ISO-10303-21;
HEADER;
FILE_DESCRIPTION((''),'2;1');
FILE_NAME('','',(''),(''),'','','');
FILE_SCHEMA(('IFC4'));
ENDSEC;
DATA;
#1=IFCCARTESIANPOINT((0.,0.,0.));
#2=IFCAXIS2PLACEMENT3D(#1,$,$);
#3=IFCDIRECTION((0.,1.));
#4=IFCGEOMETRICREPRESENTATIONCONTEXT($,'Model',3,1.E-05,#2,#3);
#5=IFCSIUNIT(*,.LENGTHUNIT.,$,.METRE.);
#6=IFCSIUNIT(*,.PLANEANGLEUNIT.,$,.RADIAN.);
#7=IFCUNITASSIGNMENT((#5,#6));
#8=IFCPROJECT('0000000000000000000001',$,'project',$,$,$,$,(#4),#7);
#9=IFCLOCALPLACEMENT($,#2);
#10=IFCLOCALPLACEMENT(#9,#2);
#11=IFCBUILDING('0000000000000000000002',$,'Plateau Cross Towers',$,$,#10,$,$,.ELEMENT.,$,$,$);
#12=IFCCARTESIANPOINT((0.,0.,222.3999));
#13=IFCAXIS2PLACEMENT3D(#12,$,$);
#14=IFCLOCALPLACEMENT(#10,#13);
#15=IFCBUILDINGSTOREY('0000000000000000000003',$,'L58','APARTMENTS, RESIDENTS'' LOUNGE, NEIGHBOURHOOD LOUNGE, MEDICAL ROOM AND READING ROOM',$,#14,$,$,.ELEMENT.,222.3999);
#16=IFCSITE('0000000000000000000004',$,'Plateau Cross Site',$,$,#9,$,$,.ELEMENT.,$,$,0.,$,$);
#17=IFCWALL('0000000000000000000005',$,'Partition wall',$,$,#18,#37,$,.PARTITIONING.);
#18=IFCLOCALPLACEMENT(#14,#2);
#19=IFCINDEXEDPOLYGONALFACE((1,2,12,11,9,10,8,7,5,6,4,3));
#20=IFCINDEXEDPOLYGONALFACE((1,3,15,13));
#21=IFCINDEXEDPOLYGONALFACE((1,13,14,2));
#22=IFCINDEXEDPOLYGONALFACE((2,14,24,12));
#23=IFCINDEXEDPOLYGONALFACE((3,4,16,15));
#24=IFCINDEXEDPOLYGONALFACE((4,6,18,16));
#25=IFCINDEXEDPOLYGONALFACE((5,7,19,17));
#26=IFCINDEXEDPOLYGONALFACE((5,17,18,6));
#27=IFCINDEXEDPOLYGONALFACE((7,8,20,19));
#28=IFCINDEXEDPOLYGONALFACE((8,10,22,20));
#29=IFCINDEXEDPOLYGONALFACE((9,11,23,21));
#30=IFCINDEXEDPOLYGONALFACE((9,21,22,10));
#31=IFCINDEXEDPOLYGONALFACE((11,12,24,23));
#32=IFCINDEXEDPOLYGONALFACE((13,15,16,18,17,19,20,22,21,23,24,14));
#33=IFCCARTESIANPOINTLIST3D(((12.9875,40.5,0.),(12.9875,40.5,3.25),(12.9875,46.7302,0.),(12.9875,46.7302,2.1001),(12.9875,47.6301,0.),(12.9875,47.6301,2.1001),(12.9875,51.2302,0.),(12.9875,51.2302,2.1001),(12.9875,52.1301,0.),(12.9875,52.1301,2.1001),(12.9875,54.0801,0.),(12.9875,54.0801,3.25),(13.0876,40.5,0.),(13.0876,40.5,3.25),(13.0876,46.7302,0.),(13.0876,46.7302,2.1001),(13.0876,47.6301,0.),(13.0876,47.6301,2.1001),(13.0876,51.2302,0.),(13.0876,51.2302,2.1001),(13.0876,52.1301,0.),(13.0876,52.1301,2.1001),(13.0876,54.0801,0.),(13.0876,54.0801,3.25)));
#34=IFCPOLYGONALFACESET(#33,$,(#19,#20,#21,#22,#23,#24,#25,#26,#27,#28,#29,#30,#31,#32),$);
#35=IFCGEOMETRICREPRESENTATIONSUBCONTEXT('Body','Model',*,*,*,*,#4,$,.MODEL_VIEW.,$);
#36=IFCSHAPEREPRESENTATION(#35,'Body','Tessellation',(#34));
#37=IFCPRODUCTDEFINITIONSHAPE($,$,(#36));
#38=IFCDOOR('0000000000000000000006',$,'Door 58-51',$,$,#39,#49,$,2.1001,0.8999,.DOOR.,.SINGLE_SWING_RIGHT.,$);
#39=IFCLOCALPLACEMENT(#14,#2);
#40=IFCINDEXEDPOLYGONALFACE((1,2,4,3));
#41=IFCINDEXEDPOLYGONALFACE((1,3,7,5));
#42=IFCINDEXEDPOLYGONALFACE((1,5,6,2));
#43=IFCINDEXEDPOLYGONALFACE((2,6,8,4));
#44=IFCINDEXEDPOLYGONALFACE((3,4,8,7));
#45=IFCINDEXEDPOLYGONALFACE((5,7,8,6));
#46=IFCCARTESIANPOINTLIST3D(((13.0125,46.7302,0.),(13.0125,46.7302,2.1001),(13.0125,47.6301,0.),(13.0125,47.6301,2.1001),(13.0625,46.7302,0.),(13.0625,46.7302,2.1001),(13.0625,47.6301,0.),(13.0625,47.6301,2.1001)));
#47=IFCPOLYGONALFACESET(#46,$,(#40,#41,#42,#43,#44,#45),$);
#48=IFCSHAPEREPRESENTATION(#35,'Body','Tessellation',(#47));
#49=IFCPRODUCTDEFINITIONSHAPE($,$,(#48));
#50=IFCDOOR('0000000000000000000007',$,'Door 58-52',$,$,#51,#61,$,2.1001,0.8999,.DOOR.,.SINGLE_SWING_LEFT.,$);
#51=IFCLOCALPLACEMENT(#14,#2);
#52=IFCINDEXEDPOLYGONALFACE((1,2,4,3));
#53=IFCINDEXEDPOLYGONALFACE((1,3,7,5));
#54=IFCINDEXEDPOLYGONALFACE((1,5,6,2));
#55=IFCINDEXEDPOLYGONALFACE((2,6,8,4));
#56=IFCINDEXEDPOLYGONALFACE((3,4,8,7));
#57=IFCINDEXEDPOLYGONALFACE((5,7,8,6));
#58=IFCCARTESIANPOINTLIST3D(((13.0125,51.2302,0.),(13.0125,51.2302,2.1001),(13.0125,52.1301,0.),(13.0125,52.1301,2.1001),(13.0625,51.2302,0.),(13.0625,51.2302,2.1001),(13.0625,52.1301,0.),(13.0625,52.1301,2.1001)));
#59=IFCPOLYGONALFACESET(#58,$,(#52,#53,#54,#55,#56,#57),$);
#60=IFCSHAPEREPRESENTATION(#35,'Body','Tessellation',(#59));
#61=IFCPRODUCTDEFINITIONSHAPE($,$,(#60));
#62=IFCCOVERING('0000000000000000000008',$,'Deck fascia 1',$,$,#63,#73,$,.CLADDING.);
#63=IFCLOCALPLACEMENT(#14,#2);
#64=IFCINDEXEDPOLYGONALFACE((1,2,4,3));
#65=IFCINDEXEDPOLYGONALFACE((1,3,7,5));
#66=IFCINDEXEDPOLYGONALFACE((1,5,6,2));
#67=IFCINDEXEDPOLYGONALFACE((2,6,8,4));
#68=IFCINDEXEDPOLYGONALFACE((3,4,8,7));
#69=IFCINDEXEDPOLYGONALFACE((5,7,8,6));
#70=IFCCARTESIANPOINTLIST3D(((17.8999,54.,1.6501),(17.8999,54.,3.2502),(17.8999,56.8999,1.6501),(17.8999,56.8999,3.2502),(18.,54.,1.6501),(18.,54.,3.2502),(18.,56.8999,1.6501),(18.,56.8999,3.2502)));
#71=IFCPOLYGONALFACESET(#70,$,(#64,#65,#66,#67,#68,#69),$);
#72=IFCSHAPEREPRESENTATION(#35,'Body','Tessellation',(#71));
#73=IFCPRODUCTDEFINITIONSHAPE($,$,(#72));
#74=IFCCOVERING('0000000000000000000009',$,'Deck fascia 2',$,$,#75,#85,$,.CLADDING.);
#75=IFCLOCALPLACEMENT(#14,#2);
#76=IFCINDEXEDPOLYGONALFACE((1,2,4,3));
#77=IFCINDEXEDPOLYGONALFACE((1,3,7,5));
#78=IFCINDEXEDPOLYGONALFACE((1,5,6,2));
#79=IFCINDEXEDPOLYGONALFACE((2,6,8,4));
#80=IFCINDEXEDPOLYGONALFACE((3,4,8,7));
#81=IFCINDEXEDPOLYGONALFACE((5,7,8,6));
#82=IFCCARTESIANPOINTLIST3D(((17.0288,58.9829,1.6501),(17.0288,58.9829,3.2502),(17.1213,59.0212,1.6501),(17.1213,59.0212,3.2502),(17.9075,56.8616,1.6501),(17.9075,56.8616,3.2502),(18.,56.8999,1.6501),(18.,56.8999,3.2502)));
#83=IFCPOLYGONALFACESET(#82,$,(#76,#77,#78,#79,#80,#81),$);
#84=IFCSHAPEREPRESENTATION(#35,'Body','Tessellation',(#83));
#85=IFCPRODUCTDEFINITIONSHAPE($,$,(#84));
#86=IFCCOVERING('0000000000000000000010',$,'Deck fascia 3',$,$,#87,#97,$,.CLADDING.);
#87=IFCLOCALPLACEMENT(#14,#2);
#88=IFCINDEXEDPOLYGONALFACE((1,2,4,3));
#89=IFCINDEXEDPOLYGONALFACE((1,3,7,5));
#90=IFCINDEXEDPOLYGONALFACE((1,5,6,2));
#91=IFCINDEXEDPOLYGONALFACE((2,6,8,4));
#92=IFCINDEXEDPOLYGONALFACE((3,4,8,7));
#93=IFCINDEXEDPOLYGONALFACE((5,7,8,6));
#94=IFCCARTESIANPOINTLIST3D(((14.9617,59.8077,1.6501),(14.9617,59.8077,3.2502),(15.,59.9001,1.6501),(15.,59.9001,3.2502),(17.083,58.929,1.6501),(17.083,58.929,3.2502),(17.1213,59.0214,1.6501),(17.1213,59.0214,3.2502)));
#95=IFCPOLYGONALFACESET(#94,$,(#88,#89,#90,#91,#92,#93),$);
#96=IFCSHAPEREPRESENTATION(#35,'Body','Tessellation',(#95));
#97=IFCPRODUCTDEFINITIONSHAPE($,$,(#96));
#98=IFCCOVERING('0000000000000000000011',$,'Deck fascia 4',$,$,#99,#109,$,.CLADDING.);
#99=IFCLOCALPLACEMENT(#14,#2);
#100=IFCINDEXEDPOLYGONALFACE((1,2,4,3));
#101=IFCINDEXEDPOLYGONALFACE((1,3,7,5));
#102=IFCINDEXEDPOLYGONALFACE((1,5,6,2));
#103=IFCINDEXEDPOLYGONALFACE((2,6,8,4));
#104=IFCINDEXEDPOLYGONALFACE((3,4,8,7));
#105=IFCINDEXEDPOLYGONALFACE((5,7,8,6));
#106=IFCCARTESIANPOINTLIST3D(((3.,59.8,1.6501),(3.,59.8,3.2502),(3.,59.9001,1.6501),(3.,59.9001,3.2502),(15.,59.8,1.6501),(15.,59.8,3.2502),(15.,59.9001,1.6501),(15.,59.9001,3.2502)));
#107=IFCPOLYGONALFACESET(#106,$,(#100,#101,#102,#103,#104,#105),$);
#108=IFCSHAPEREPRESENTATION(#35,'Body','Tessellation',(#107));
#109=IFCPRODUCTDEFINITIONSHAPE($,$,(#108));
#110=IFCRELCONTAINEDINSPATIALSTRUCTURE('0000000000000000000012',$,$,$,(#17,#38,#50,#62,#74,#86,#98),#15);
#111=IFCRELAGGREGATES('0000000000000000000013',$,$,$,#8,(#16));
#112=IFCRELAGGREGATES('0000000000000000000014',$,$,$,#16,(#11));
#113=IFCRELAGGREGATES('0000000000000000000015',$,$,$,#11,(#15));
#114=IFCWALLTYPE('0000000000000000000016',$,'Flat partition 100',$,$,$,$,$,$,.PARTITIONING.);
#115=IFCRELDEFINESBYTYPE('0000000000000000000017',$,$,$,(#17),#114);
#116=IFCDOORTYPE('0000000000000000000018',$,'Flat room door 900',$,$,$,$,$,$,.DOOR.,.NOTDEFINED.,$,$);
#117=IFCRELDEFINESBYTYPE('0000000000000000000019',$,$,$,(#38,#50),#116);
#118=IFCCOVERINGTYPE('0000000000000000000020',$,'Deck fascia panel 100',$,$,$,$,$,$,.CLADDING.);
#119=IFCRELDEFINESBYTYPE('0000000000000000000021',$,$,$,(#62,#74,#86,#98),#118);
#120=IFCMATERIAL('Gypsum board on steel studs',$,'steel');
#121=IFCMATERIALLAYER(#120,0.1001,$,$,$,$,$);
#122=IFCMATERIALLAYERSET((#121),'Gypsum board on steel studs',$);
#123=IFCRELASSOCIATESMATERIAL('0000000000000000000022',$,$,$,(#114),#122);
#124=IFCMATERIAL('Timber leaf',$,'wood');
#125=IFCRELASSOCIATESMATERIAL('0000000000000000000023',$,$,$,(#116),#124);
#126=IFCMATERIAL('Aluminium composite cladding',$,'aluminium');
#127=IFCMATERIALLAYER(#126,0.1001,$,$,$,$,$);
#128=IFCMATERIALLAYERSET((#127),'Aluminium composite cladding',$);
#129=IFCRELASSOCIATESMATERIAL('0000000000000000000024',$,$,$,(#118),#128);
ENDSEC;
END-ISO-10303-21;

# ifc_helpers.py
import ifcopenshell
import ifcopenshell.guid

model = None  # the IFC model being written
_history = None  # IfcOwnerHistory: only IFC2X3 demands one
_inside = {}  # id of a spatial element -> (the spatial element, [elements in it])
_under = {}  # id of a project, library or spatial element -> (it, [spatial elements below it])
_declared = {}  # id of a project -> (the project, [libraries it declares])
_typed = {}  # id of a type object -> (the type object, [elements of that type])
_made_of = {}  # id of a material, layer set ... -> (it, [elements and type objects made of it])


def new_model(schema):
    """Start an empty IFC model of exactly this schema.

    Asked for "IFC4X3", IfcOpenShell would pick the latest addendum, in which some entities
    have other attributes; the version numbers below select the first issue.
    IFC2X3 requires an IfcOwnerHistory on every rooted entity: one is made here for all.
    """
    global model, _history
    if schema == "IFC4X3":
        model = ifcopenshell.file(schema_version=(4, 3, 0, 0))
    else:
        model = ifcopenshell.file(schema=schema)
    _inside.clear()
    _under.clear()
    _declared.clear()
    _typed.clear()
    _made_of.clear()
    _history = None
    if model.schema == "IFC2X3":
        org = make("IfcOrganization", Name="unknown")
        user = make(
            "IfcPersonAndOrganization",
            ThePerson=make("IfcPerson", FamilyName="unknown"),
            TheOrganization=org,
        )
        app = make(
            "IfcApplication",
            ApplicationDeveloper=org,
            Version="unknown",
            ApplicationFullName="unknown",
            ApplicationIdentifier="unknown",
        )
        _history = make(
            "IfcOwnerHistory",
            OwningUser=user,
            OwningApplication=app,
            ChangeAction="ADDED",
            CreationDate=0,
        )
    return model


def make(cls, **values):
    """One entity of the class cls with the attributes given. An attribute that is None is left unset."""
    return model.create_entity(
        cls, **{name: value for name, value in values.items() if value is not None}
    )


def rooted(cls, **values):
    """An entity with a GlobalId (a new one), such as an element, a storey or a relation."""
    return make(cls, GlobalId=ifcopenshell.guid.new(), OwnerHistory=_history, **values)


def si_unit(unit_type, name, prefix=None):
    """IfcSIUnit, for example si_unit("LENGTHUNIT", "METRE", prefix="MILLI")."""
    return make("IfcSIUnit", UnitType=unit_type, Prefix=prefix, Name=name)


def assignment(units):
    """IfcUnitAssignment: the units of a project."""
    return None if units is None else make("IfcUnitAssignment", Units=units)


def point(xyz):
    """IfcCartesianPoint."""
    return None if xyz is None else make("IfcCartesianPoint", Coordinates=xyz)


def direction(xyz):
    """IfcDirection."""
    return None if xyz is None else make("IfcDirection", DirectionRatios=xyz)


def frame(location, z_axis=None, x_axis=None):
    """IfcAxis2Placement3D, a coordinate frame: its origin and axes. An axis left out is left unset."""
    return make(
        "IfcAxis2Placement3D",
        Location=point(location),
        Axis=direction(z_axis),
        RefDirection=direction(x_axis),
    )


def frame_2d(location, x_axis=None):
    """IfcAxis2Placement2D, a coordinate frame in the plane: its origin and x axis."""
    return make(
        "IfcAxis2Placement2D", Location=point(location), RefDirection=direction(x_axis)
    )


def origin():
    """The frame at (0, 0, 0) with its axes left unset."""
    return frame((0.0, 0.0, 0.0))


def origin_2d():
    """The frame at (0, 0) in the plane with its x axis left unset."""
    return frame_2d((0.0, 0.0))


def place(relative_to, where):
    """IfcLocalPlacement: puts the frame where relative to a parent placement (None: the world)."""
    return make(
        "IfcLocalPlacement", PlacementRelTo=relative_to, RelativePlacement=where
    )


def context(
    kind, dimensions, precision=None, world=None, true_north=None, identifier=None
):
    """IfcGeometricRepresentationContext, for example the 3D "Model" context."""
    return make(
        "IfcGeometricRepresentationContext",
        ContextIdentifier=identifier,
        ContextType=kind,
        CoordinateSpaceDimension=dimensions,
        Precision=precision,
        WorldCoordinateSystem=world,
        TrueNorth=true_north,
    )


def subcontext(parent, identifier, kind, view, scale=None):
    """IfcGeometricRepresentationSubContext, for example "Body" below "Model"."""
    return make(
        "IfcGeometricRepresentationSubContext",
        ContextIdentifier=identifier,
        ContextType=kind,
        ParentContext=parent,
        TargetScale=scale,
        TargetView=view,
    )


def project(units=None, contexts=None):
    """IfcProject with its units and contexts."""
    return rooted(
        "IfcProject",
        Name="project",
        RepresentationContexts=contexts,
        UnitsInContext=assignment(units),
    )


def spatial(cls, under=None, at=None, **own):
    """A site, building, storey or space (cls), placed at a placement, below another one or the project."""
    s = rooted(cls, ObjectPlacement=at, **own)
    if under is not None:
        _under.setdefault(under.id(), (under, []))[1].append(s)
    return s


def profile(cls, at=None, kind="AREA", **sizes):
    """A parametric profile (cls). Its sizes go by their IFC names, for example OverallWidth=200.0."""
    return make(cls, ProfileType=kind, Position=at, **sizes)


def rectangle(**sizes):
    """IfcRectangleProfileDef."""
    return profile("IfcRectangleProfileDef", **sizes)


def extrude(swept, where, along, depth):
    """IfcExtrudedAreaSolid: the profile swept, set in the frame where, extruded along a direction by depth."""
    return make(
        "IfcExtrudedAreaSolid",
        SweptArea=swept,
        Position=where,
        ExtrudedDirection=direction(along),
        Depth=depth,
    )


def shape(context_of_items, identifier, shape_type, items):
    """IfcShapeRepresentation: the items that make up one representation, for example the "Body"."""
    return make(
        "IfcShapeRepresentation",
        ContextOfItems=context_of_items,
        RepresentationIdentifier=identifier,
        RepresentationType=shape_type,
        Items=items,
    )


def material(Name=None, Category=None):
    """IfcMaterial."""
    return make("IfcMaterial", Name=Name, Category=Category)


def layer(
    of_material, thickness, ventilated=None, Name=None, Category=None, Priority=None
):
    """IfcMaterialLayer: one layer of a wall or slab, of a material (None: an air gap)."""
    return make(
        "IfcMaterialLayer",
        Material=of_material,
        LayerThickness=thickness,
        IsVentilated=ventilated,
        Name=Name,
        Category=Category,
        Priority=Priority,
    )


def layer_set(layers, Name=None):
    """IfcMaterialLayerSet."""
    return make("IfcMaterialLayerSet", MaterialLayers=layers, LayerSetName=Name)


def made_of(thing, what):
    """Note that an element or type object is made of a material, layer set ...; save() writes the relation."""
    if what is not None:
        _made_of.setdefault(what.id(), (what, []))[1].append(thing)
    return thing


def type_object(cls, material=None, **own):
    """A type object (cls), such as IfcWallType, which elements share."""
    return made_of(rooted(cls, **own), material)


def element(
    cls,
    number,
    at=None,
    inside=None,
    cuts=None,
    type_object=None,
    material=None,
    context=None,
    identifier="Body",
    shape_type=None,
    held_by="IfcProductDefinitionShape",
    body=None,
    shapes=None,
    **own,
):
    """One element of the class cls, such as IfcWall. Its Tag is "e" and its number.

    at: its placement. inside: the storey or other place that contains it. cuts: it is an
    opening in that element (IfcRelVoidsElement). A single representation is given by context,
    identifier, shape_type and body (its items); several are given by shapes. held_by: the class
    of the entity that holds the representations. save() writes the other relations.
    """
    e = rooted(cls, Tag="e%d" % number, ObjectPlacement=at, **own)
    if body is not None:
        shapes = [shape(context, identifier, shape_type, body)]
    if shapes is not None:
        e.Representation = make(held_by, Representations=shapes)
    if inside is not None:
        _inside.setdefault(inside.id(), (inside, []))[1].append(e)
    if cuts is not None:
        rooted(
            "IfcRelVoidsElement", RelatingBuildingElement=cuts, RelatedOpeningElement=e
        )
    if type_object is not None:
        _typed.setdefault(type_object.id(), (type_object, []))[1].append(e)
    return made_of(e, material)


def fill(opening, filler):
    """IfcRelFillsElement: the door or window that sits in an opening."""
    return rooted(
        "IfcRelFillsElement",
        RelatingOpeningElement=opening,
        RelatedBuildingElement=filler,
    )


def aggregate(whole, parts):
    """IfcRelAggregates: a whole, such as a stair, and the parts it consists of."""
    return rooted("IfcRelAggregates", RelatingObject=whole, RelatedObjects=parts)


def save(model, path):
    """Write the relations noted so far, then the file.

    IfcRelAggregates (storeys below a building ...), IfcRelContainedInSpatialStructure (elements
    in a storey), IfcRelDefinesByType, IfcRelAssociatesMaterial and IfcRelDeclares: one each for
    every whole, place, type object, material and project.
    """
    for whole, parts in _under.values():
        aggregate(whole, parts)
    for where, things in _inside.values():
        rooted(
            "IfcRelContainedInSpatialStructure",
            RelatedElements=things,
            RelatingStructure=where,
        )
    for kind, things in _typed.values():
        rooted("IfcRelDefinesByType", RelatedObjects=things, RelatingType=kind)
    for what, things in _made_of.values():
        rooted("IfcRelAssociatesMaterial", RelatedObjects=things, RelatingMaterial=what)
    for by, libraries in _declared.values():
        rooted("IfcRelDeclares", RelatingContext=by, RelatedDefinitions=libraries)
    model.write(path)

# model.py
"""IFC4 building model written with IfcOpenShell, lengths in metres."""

from ifc_helpers import new_model, si_unit, direction, frame, frame_2d, origin, origin_2d, place, context, subcontext, project, spatial, rectangle, extrude, material, layer, layer_set, type_object, element, fill, save


model = new_model("IFC4")

# Units and contexts
model_context = context("Model", 3, precision=1e-05, world=origin(), true_north=direction((0.0, 1.0)))
body_context = subcontext(model_context, "Body", "Model", "MODEL_VIEW")
ifc_project = project(units=[si_unit("LENGTHUNIT", "METRE"), si_unit("PLANEANGLEUNIT", "RADIAN")], contexts=[model_context])

# Site, building, storey
site_placement = place(None, origin())
site = spatial("IfcSite", under=ifc_project, at=site_placement, Name="Plateau Cross Site", CompositionType="ELEMENT", RefElevation=0.0)
building_placement = place(site_placement, origin())
building = spatial("IfcBuilding", under=site, at=building_placement, Name="Plateau Cross Towers", CompositionType="ELEMENT")
storey_placement = place(building_placement, frame((0.0, 0.0, 222.3999)))
storey = spatial("IfcBuildingStorey", under=building, at=storey_placement, Name="L58", Description="APARTMENTS, RESIDENTS' LOUNGE, NEIGHBOURHOOD LOUNGE, MEDICAL ROOM AND READING ROOM", CompositionType="ELEMENT", Elevation=222.3999)

# Wall, openings, doors
ifc_material_1 = material(Name="Gypsum board on steel studs", Category="steel")
ifc_layer_1 = layer(ifc_material_1, 0.1001)
ifc_layer_set_1 = layer_set([ifc_layer_1], Name="Gypsum board on steel studs")
wall_type = type_object("IfcWallType", Name="Flat partition 100", PredefinedType="PARTITIONING", material=ifc_layer_set_1)
wall_placement = place(storey_placement, frame((13.0376, 54.0801, 0.0), z_axis=(0.0, 0.0, 1.0), x_axis=(0.0, -1.0, 0.0)))
wall = element("IfcWall", 1, at=wall_placement, inside=storey, type_object=wall_type, Name="Partition wall", PredefinedType="PARTITIONING", context=body_context, shape_type="SweptSolid", body=[
    extrude(rectangle(XDim=13.5801, YDim=0.1001, at=frame_2d((6.79, 0.0))), origin(), (0.0, 0.0, 1.0), 3.25),
])
opening_1_placement = place(wall_placement, frame((6.45, 0.0, 0.0)))
opening_1 = element("IfcOpeningElement", 2, at=opening_1_placement, cuts=wall, PredefinedType="OPENING", context=body_context, shape_type="SweptSolid", body=[
    extrude(rectangle(XDim=0.8999, YDim=2.1001, at=frame_2d((0.45, 1.05))), frame((0.0, 0.0601, 0.0), z_axis=(0.0, -1.0, 0.0), x_axis=(1.0, 0.0, 0.0)), (0.0, 0.0, 1.0), 0.1201),
])
opening_2_placement = place(wall_placement, frame((1.95, 0.0, 0.0)))
opening_2 = element("IfcOpeningElement", 3, at=opening_2_placement, cuts=wall, PredefinedType="OPENING", context=body_context, shape_type="SweptSolid", body=[
    extrude(rectangle(XDim=0.8999, YDim=2.1001, at=frame_2d((0.45, 1.05))), frame((0.0, 0.0601, 0.0), z_axis=(0.0, -1.0, 0.0), x_axis=(1.0, 0.0, 0.0)), (0.0, 0.0, 1.0), 0.1201),
])
ifc_material_2 = material(Name="Timber leaf", Category="wood")
door_type = type_object("IfcDoorType", Name="Flat room door 900", OperationType="NOTDEFINED", PredefinedType="DOOR", material=ifc_material_2)
door_1_placement = place(opening_1_placement, origin())
door_1 = element("IfcDoor", 4, at=door_1_placement, inside=storey, type_object=door_type, Name="Door 58-51", OperationType="SINGLE_SWING_RIGHT", OverallHeight=2.1001, OverallWidth=0.8999, PredefinedType="DOOR", context=body_context, shape_type="SweptSolid", body=[
    extrude(rectangle(XDim=0.8999, YDim=2.1001, at=frame_2d((0.45, 1.05))), frame((0.0, 0.0249, 0.0), z_axis=(0.0, -1.0, 0.0), x_axis=(1.0, 0.0, 0.0)), (0.0, 0.0, 1.0), 0.05),
])
fill(opening_1, door_1)
door_2_placement = place(opening_2_placement, origin())
door_2 = element("IfcDoor", 5, at=door_2_placement, inside=storey, type_object=door_type, Name="Door 58-52", OperationType="SINGLE_SWING_LEFT", OverallHeight=2.1001, OverallWidth=0.8999, PredefinedType="DOOR", context=body_context, shape_type="SweptSolid", body=[
    extrude(rectangle(XDim=0.8999, YDim=2.1001, at=frame_2d((0.45, 1.05))), frame((0.0, 0.0249, 0.0), z_axis=(0.0, -1.0, 0.0), x_axis=(1.0, 0.0, 0.0)), (0.0, 0.0, 1.0), 0.05),
])
fill(opening_2, door_2)

# Coverings
ifc_material_3 = material(Name="Aluminium composite cladding", Category="aluminium")
ifc_layer_2 = layer(ifc_material_3, 0.1001)
ifc_layer_set_2 = layer_set([ifc_layer_2], Name="Aluminium composite cladding")
covering_type = type_object("IfcCoveringType", Name="Deck fascia panel 100", PredefinedType="CLADDING", material=ifc_layer_set_2)
covering_1_placement = place(storey_placement, frame((17.95, 55.45, 1.6501), z_axis=(0.0, 0.0, 1.0), x_axis=(0.0, 1.0, 0.0)))
element("IfcCovering", 6, at=covering_1_placement, inside=storey, type_object=covering_type, Name="Deck fascia 1", PredefinedType="CLADDING", context=body_context, shape_type="SweptSolid", body=[
    extrude(rectangle(XDim=2.8999, YDim=0.1001, at=origin_2d()), origin(), (0.0, 0.0, 1.0), 1.6001),
])
for number, where, z_axis, x_axis, name in (
    (7, (17.5144, 57.9414, 1.6501), (0.0, 0.0, 1.0), (-0.382684, 0.923879, 0.0), "Deck fascia 2"),
    (8, (16.0415, 59.4146, 1.6501), (0.0, 0.0, 1.0), (-0.923879, 0.382684, 0.0), "Deck fascia 3"),
):
    element("IfcCovering", number, at=place(storey_placement, frame(where, z_axis=z_axis, x_axis=x_axis)), inside=storey, type_object=covering_type, Name=name, PredefinedType="CLADDING", context=body_context, shape_type="SweptSolid", body=[
        extrude(rectangle(XDim=2.2961, YDim=0.1001, at=origin_2d()), origin(), (0.0, 0.0, 1.0), 1.6001),
    ])
covering_2_placement = place(storey_placement, frame((9.0, 59.8501, 1.6501), z_axis=(0.0, 0.0, 1.0), x_axis=(-1.0, 0.0, 0.0)))
element("IfcCovering", 9, at=covering_2_placement, inside=storey, type_object=covering_type, Name="Deck fascia 4", PredefinedType="CLADDING", context=body_context, shape_type="SweptSolid", body=[
    extrude(rectangle(XDim=12.0, YDim=0.1001, at=origin_2d()), origin(), (0.0, 0.0, 1.0), 1.6001),
])

save(model, "model.ifc")
